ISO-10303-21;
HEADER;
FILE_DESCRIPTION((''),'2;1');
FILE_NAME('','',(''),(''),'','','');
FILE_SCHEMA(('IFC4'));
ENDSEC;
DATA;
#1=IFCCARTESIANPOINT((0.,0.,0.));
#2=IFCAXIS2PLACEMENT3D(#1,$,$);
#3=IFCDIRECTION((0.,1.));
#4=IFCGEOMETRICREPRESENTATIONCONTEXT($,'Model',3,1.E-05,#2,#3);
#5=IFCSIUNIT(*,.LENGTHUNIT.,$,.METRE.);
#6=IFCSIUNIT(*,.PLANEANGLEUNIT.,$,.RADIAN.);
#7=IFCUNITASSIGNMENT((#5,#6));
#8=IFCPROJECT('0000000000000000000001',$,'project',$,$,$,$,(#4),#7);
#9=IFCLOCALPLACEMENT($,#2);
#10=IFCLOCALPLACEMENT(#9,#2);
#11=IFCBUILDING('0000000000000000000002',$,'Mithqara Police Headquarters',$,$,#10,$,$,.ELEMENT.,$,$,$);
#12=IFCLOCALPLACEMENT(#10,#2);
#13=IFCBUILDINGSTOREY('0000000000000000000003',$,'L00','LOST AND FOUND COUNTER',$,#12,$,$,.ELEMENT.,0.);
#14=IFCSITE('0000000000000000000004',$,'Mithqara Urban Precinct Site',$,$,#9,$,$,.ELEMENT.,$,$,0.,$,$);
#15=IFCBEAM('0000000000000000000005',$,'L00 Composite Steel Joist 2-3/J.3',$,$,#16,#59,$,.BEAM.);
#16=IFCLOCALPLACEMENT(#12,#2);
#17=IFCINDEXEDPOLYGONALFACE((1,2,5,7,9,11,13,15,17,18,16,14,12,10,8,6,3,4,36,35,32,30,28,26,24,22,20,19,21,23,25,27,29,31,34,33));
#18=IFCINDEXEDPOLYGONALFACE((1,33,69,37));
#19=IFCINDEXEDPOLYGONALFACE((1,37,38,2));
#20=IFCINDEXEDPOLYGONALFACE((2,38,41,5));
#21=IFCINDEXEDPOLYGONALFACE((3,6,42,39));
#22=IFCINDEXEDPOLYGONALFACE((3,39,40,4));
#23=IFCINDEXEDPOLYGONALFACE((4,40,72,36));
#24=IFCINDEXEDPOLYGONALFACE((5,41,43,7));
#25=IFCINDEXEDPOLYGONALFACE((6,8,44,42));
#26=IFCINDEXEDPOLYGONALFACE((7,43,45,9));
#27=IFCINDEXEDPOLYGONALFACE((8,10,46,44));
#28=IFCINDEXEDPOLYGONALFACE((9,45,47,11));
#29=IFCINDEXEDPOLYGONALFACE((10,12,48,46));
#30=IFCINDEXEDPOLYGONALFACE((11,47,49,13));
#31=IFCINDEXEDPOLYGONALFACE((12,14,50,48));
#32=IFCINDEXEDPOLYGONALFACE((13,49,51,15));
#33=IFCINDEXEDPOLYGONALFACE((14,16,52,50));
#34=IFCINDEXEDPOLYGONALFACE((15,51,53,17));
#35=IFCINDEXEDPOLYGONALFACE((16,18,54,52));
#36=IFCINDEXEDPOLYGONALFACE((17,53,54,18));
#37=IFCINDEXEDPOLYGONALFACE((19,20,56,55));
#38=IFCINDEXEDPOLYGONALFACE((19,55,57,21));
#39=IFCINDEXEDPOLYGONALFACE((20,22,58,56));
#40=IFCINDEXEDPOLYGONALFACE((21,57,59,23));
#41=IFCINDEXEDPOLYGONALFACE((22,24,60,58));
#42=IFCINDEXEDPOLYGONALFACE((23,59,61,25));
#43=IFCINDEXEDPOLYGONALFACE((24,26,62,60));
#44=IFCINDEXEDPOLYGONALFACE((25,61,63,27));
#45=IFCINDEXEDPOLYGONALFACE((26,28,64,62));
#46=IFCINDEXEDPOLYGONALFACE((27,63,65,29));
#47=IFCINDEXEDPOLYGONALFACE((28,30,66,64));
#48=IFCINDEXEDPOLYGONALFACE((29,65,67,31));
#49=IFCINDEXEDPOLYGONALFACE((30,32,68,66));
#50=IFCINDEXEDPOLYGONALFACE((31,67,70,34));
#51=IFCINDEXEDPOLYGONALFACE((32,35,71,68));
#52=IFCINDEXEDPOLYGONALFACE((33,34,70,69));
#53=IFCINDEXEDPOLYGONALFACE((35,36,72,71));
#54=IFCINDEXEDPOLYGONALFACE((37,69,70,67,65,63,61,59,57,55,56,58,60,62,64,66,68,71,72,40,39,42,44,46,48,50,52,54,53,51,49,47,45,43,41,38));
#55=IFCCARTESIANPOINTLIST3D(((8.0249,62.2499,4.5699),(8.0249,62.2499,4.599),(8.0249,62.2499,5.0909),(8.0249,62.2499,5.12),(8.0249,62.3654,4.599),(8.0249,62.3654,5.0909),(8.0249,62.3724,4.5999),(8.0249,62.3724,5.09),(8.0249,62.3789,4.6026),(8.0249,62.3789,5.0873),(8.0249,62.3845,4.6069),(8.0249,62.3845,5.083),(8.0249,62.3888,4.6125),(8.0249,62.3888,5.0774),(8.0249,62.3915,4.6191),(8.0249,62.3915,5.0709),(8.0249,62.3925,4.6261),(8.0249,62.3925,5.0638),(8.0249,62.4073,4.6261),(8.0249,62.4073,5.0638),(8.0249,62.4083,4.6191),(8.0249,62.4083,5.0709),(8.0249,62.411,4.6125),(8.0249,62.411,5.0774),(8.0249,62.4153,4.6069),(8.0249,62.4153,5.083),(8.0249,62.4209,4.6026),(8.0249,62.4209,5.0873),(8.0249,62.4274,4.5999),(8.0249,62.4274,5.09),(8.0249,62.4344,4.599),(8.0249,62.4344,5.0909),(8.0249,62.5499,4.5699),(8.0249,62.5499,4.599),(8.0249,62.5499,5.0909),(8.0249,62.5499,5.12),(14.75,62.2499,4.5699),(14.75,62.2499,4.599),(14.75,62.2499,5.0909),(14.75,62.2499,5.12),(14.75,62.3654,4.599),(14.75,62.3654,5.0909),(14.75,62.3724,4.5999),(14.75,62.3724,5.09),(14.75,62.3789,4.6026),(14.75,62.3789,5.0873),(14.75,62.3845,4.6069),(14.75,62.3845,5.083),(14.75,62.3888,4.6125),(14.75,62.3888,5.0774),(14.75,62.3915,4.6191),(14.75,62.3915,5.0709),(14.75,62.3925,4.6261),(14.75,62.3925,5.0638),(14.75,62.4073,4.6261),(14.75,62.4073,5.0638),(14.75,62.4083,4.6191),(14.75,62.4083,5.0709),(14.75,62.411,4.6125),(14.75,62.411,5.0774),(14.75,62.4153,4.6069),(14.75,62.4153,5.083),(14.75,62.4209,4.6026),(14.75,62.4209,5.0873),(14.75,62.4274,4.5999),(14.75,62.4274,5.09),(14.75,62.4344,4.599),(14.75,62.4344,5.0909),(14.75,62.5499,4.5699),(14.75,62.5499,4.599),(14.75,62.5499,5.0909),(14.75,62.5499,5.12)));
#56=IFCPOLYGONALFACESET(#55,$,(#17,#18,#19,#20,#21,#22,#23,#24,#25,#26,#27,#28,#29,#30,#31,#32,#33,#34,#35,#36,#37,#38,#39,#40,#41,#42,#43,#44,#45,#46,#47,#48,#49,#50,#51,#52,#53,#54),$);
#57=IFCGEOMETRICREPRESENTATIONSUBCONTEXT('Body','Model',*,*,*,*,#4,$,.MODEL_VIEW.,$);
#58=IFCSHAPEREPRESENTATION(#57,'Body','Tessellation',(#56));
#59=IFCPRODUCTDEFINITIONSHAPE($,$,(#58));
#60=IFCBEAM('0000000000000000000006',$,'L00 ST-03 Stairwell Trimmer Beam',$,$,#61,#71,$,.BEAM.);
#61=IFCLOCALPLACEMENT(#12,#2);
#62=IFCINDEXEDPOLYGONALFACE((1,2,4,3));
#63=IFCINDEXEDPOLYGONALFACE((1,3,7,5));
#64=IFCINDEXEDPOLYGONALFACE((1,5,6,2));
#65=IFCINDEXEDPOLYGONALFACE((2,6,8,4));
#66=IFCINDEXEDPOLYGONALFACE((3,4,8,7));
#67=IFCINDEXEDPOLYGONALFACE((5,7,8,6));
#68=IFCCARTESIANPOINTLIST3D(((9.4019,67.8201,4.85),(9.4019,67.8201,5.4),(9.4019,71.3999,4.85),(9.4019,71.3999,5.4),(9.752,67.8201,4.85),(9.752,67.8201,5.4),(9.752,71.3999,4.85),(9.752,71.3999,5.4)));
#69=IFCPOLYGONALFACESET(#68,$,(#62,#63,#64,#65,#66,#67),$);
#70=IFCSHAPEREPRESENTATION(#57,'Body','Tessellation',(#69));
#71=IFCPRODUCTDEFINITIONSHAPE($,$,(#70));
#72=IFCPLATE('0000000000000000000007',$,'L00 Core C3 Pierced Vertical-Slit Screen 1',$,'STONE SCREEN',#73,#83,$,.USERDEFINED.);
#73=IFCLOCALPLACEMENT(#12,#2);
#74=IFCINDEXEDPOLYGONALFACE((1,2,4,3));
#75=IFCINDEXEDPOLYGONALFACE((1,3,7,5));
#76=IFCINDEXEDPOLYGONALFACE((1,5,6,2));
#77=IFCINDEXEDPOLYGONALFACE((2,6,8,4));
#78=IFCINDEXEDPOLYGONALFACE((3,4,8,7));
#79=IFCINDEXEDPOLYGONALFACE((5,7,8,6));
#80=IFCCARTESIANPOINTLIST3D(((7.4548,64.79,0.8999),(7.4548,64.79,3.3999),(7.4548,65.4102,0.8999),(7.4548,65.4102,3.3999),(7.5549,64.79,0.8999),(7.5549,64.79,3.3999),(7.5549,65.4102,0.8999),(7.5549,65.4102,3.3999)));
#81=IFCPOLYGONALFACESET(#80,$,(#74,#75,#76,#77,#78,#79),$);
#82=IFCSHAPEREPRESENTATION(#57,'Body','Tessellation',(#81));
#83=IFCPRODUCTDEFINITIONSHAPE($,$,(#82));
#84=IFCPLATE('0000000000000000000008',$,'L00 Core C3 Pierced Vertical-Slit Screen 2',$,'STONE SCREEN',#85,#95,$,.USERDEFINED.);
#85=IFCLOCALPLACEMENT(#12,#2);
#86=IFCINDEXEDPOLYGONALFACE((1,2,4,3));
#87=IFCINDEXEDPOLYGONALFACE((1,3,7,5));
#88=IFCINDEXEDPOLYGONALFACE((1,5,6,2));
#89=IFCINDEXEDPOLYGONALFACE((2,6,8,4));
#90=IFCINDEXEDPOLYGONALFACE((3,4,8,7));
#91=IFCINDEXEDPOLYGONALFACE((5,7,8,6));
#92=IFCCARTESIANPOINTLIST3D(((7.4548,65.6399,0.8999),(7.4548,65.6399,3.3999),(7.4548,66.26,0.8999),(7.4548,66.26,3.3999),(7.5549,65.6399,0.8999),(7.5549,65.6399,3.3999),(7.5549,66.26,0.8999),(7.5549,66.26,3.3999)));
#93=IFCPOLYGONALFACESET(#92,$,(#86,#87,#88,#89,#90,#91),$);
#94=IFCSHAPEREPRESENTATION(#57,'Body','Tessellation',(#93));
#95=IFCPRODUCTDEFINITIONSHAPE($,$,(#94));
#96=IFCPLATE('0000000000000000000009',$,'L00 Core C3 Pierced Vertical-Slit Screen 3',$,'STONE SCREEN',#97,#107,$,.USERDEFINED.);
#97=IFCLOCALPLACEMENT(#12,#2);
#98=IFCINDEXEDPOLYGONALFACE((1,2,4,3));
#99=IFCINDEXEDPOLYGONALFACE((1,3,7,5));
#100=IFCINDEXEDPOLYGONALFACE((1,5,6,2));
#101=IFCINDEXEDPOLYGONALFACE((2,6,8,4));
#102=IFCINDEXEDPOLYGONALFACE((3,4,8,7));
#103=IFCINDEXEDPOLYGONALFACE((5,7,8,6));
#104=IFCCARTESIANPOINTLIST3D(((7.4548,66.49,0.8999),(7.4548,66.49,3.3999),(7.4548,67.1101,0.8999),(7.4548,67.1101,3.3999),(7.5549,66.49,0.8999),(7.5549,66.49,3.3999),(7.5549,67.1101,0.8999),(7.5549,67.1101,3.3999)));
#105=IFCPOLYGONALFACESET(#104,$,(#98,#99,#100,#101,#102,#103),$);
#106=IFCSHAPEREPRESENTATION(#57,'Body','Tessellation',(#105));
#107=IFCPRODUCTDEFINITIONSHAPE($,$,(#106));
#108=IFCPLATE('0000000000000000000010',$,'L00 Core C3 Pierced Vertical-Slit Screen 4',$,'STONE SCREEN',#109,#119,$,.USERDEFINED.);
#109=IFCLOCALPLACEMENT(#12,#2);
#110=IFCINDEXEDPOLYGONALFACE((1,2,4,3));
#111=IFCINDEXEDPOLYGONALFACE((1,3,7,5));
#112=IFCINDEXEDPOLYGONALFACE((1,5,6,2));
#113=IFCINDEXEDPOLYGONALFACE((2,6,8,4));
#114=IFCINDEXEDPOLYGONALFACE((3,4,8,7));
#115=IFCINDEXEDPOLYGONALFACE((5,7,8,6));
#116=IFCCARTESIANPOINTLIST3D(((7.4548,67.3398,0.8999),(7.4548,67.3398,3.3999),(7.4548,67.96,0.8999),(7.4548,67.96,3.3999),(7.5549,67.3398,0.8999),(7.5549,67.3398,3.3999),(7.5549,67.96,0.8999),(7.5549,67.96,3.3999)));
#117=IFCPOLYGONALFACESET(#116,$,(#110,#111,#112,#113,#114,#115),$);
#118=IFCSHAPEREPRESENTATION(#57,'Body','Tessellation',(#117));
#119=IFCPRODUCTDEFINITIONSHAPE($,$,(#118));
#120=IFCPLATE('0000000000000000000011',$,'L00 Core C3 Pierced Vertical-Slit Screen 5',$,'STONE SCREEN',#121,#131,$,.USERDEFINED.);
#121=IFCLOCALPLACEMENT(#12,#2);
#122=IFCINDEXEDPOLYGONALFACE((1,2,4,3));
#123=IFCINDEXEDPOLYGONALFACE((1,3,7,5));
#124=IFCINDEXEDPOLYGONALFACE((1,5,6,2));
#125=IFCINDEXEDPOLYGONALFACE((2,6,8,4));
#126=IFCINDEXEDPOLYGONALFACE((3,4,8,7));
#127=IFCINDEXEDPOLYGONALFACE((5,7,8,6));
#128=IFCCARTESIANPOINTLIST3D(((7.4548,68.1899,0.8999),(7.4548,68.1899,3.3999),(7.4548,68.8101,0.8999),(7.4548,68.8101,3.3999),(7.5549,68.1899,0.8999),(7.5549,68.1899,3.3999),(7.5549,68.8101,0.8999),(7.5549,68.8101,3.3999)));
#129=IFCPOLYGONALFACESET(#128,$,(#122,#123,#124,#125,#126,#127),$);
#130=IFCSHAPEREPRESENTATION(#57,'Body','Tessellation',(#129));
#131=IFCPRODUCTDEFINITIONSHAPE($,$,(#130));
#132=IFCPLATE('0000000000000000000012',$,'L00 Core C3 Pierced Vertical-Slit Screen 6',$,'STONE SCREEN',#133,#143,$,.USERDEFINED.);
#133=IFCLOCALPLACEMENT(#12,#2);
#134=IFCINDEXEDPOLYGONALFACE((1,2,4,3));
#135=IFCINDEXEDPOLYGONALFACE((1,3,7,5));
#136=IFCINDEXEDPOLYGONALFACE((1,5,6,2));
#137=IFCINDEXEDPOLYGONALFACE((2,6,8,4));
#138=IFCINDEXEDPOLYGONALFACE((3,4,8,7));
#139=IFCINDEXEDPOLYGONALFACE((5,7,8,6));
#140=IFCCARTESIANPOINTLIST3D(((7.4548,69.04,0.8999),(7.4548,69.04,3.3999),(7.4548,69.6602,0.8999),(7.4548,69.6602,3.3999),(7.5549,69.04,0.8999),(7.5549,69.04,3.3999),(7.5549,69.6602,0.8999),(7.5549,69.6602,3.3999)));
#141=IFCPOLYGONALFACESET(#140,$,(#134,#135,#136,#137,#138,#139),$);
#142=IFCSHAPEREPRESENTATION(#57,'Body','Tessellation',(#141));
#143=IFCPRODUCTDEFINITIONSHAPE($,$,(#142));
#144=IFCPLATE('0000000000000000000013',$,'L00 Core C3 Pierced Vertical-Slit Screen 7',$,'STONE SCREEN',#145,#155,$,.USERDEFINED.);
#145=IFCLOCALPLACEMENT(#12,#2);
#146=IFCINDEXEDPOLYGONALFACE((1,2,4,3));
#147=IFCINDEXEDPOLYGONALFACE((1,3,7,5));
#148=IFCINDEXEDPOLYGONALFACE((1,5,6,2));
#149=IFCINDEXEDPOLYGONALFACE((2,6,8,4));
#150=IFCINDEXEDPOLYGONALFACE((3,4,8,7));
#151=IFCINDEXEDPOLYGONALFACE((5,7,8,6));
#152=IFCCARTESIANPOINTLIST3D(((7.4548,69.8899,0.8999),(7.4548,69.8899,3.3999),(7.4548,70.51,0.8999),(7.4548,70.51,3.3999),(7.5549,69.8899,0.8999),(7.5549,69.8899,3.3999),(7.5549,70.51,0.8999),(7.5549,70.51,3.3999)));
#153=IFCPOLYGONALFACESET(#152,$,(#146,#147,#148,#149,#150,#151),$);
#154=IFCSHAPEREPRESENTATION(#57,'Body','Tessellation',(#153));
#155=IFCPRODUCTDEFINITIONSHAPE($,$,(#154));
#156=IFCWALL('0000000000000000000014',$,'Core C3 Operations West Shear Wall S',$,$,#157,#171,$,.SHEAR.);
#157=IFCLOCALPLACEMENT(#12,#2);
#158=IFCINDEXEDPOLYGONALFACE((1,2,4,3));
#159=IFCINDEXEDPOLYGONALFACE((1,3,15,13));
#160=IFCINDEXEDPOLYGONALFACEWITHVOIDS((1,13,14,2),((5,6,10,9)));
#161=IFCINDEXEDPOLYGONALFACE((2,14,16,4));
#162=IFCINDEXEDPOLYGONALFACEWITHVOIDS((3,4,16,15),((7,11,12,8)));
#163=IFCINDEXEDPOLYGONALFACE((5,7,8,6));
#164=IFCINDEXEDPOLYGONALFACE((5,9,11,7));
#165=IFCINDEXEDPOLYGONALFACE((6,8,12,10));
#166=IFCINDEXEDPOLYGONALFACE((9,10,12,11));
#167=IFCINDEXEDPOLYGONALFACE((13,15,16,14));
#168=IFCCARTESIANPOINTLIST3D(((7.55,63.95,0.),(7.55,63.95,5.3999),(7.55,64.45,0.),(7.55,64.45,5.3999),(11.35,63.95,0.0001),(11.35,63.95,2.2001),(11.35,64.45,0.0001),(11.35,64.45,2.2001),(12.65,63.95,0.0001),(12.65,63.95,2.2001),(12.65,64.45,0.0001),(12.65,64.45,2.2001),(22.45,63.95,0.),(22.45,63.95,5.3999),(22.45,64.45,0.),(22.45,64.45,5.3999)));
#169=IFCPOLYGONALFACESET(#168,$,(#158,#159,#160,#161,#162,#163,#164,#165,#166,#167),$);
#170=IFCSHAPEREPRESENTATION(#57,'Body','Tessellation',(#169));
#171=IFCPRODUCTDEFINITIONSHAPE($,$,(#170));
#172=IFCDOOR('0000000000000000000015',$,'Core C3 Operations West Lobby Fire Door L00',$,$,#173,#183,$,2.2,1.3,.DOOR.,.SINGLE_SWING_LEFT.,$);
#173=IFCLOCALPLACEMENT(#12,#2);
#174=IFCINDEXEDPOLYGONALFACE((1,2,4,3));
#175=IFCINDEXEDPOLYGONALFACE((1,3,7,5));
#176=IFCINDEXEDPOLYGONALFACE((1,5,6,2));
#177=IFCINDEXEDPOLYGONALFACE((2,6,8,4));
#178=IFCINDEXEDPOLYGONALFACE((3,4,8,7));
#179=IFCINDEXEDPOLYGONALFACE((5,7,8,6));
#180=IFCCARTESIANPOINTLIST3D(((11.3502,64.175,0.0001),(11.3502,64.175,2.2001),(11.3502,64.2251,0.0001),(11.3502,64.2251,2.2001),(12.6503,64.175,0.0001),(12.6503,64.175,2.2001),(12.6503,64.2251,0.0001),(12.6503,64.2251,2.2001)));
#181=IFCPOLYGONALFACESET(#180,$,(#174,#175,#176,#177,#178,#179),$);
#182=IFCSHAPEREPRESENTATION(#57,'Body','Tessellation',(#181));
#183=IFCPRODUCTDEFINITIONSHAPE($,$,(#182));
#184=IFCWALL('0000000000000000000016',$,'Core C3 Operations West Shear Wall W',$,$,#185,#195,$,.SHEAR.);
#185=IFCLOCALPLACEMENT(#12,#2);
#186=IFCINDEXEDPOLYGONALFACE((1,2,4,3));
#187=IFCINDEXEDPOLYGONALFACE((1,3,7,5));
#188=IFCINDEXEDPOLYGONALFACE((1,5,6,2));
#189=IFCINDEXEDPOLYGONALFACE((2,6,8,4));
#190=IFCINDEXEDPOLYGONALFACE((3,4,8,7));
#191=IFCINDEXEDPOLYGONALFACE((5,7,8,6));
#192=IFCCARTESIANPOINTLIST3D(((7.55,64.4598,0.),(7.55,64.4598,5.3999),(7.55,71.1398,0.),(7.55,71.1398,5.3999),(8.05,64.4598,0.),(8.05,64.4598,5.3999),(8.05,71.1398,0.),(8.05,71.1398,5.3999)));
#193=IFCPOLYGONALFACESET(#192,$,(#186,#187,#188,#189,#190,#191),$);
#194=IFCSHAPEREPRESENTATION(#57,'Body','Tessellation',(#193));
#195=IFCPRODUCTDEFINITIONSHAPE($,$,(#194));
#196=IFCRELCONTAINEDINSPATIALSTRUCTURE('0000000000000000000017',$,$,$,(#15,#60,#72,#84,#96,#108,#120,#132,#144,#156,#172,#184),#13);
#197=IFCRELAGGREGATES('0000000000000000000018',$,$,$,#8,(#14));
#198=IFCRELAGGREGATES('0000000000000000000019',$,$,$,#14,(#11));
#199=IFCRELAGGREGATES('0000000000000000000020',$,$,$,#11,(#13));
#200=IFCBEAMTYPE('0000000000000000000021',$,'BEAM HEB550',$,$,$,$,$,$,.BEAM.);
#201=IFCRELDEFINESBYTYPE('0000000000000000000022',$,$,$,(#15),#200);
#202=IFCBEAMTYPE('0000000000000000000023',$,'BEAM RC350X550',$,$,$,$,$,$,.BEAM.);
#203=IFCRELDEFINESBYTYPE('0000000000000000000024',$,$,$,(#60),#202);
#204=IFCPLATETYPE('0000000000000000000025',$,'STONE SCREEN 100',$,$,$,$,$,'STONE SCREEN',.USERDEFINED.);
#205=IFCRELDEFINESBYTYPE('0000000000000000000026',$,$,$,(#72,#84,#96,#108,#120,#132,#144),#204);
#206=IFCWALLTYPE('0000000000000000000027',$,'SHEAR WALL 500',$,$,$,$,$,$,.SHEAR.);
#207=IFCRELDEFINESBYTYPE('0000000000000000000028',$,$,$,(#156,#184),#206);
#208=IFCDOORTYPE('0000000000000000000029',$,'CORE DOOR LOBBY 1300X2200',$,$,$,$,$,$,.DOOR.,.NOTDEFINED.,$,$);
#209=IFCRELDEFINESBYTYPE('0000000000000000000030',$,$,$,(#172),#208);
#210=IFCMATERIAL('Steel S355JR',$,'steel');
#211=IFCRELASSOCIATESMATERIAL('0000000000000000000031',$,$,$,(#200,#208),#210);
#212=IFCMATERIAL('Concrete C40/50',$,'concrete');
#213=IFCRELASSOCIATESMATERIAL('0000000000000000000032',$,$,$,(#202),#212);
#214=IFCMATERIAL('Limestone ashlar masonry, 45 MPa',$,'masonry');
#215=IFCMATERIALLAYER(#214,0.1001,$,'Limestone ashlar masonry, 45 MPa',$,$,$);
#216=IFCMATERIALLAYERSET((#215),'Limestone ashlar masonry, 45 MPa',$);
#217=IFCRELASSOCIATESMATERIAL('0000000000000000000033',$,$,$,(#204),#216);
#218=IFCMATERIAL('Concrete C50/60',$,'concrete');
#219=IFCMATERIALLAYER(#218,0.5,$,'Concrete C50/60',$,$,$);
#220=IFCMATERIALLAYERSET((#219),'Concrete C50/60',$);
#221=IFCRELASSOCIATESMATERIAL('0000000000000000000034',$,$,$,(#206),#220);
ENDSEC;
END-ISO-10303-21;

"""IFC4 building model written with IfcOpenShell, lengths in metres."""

from ifc_helpers import new_model, si_unit, direction, frame, frame_2d, origin, origin_2d, place, context, subcontext, project, spatial, rectangle, i_section, extrude, material, layer, layer_set, material_profile, profile_set, type_object, element, fill, save


model = new_model("IFC4")

# Units and contexts
model_context = context("Model", 3, precision=1e-05, world=origin(), true_north=direction((0.0, 1.0)))
body_context = subcontext(model_context, "Body", "Model", "MODEL_VIEW")
ifc_project = project(units=[si_unit("LENGTHUNIT", "METRE"), si_unit("PLANEANGLEUNIT", "RADIAN")], contexts=[model_context])

# Site, building, storey
site_placement = place(None, origin())
site = spatial("IfcSite", under=ifc_project, at=site_placement, Name="Mithqara Urban Precinct Site", CompositionType="ELEMENT", RefElevation=0.0)
building_placement = place(site_placement, origin())
building = spatial("IfcBuilding", under=site, at=building_placement, Name="Mithqara Police Headquarters", CompositionType="ELEMENT")
storey_placement = place(building_placement, origin())
storey = spatial("IfcBuildingStorey", under=building, at=storey_placement, Name="L00", Description="LOST AND FOUND COUNTER", CompositionType="ELEMENT", Elevation=0.0)

# Beams
ifc_material_1 = material(Name="Steel S355JR", Category="steel")
ifc_material_profile_1 = material_profile(ifc_material_1, i_section(OverallWidth=0.3, OverallDepth=0.55, WebThickness=0.0149, FlangeThickness=0.0291, FilletRadius=0.0271, at=origin_2d()), Name="HEB 550")
ifc_profile_set_1 = profile_set([ifc_material_profile_1], Name="Steel S355JR")
beam_type_1 = type_object("IfcBeamType", Name="BEAM HEB550", PredefinedType="BEAM", material=ifc_profile_set_1)
beam_1_placement = place(storey_placement, frame((8.0249, 62.3999, 4.845), z_axis=(1.0, 0.0, 0.0), x_axis=(0.0, 1.0, 0.0)))
element("IfcBeam", 1, at=beam_1_placement, inside=storey, type_object=beam_type_1, Name="L00 Composite Steel Joist 2-3/J.3", PredefinedType="BEAM", context=body_context, shape_type="SweptSolid", body=[
    extrude(i_section(OverallWidth=0.3, OverallDepth=0.55, WebThickness=0.0149, FlangeThickness=0.0291, FilletRadius=0.0271, at=origin_2d()), origin(), (0.0, 0.0, 1.0), 6.7251),
])
ifc_material_2 = material(Name="Concrete C40/50", Category="concrete")
ifc_material_profile_2 = material_profile(ifc_material_2, rectangle(XDim=0.3501, YDim=0.55, at=origin_2d()), Name="RC 350x550")
ifc_profile_set_2 = profile_set([ifc_material_profile_2], Name="Concrete C40/50")
beam_type_2 = type_object("IfcBeamType", Name="BEAM RC350X550", PredefinedType="BEAM", material=ifc_profile_set_2)
beam_2_placement = place(storey_placement, frame((9.5769, 67.8201, 5.125), z_axis=(0.0, 1.0, 0.0), x_axis=(-1.0, 0.0, 0.0)))
element("IfcBeam", 2, at=beam_2_placement, inside=storey, type_object=beam_type_2, Name="L00 ST-03 Stairwell Trimmer Beam", PredefinedType="BEAM", context=body_context, shape_type="SweptSolid", body=[
    extrude(rectangle(XDim=0.3501, YDim=0.55, at=origin_2d()), origin(), (0.0, 0.0, 1.0), 3.5798),
])

# Plates
ifc_material_3 = material(Name="Limestone ashlar masonry, 45 MPa", Category="masonry")
ifc_layer_1 = layer(ifc_material_3, 0.1001, Name="Limestone ashlar masonry, 45 MPa")
ifc_layer_set_1 = layer_set([ifc_layer_1], Name="Limestone ashlar masonry, 45 MPa")
plate_type = type_object("IfcPlateType", Name="STONE SCREEN 100", ElementType="STONE SCREEN", PredefinedType="USERDEFINED", material=ifc_layer_set_1)
for number, where, z_axis, x_axis, name in (
    (3, (7.5049, 65.1001, 0.8999), (0.0, 0.0, 1.0), (0.0, 1.0, 0.0), "L00 Core C3 Pierced Vertical-Slit Screen 1"),
    (4, (7.5049, 65.95, 0.8999), (0.0, 0.0, 1.0), (0.0, 1.0, 0.0), "L00 Core C3 Pierced Vertical-Slit Screen 2"),
    (5, (7.5049, 66.8, 0.8999), (0.0, 0.0, 1.0), (0.0, 1.0, 0.0), "L00 Core C3 Pierced Vertical-Slit Screen 3"),
    (6, (7.5049, 67.6499, 0.8999), (0.0, 0.0, 1.0), (0.0, 1.0, 0.0), "L00 Core C3 Pierced Vertical-Slit Screen 4"),
    (7, (7.5049, 68.5, 0.8999), (0.0, 0.0, 1.0), (0.0, 1.0, 0.0), "L00 Core C3 Pierced Vertical-Slit Screen 5"),
    (8, (7.5049, 69.3501, 0.8999), (0.0, 0.0, 1.0), (0.0, 1.0, 0.0), "L00 Core C3 Pierced Vertical-Slit Screen 6"),
    (9, (7.5049, 70.2, 0.8999), (0.0, 0.0, 1.0), (0.0, 1.0, 0.0), "L00 Core C3 Pierced Vertical-Slit Screen 7"),
):
    element("IfcPlate", number, at=place(storey_placement, frame(where, z_axis=z_axis, x_axis=x_axis)), inside=storey, type_object=plate_type, Name=name, ObjectType="STONE SCREEN", PredefinedType="USERDEFINED", context=body_context, shape_type="SweptSolid", body=[
        extrude(rectangle(XDim=0.6201, YDim=0.1001, at=origin_2d()), origin(), (0.0, 0.0, 1.0), 2.5),
    ])

# Wall, opening, door
ifc_material_4 = material(Name="Concrete C50/60", Category="concrete")
ifc_layer_2 = layer(ifc_material_4, 0.5, Name="Concrete C50/60")
ifc_layer_set_2 = layer_set([ifc_layer_2], Name="Concrete C50/60")
wall_type = type_object("IfcWallType", Name="SHEAR WALL 500", PredefinedType="SHEAR", material=ifc_layer_set_2)
wall_1_placement = place(storey_placement, frame((7.55, 64.2, 0.0), z_axis=(0.0, 0.0, 1.0), x_axis=(1.0, 0.0, 0.0)))
wall_1 = element("IfcWall", 10, at=wall_1_placement, inside=storey, type_object=wall_type, Name="Core C3 Operations West Shear Wall S", PredefinedType="SHEAR", context=body_context, shape_type="SweptSolid", body=[
    extrude(rectangle(XDim=14.8999, YDim=0.5, at=frame_2d((7.45, 0.0))), origin(), (0.0, 0.0, 1.0), 5.3999),
])
opening_1_placement = place(wall_1_placement, frame((3.8, 0.0, 0.0)))
opening_1 = element("IfcOpeningElement", 11, at=opening_1_placement, cuts=wall_1, PredefinedType="OPENING", context=body_context, shape_type="SweptSolid", body=[
    extrude(rectangle(XDim=1.3, YDim=2.2, at=frame_2d((0.6499, 1.1001))), frame((0.0, 0.26, 0.0), z_axis=(0.0, -1.0, 0.0), x_axis=(1.0, 0.0, 0.0)), (0.0, 0.0, 1.0), 0.52),
])
door_type_1 = type_object("IfcDoorType", Name="CORE DOOR LOBBY 1300X2200", OperationType="NOTDEFINED", PredefinedType="DOOR", material=ifc_material_1)
door_1_placement = place(opening_1_placement, frame((1.3, 0.0, 0.0), z_axis=(0.0, 0.0, 1.0), x_axis=(-1.0, 0.0, 0.0)))
door_1 = element("IfcDoor", 12, at=door_1_placement, inside=storey, type_object=door_type_1, Name="Core C3 Operations West Lobby Fire Door L00", OperationType="SINGLE_SWING_LEFT", OverallHeight=2.2, OverallWidth=1.3, PredefinedType="DOOR", context=body_context, shape_type="SweptSolid", body=[
    extrude(rectangle(XDim=1.3, YDim=2.2, at=frame_2d((0.6499, 1.1001))), frame((0.0, 0.0249, 0.0), z_axis=(0.0, -1.0, 0.0), x_axis=(1.0, 0.0, 0.0)), (0.0, 0.0, 1.0), 0.05),
])
fill(opening_1, door_1)

# Wall
wall_2_placement = place(storey_placement, frame((7.8, 64.46, 0.0), z_axis=(0.0, 0.0, 1.0), x_axis=(0.0, 1.0, 0.0)))
element("IfcWall", 13, at=wall_2_placement, inside=storey, type_object=wall_type, Name="Core C3 Operations West Shear Wall W", PredefinedType="SHEAR", context=body_context, shape_type="SweptSolid", body=[
    extrude(rectangle(XDim=6.6799, YDim=0.5, at=frame_2d((3.3398, 0.0))), origin(), (0.0, 0.0, 1.0), 5.3999),
])

save(model, "model.ifc")
